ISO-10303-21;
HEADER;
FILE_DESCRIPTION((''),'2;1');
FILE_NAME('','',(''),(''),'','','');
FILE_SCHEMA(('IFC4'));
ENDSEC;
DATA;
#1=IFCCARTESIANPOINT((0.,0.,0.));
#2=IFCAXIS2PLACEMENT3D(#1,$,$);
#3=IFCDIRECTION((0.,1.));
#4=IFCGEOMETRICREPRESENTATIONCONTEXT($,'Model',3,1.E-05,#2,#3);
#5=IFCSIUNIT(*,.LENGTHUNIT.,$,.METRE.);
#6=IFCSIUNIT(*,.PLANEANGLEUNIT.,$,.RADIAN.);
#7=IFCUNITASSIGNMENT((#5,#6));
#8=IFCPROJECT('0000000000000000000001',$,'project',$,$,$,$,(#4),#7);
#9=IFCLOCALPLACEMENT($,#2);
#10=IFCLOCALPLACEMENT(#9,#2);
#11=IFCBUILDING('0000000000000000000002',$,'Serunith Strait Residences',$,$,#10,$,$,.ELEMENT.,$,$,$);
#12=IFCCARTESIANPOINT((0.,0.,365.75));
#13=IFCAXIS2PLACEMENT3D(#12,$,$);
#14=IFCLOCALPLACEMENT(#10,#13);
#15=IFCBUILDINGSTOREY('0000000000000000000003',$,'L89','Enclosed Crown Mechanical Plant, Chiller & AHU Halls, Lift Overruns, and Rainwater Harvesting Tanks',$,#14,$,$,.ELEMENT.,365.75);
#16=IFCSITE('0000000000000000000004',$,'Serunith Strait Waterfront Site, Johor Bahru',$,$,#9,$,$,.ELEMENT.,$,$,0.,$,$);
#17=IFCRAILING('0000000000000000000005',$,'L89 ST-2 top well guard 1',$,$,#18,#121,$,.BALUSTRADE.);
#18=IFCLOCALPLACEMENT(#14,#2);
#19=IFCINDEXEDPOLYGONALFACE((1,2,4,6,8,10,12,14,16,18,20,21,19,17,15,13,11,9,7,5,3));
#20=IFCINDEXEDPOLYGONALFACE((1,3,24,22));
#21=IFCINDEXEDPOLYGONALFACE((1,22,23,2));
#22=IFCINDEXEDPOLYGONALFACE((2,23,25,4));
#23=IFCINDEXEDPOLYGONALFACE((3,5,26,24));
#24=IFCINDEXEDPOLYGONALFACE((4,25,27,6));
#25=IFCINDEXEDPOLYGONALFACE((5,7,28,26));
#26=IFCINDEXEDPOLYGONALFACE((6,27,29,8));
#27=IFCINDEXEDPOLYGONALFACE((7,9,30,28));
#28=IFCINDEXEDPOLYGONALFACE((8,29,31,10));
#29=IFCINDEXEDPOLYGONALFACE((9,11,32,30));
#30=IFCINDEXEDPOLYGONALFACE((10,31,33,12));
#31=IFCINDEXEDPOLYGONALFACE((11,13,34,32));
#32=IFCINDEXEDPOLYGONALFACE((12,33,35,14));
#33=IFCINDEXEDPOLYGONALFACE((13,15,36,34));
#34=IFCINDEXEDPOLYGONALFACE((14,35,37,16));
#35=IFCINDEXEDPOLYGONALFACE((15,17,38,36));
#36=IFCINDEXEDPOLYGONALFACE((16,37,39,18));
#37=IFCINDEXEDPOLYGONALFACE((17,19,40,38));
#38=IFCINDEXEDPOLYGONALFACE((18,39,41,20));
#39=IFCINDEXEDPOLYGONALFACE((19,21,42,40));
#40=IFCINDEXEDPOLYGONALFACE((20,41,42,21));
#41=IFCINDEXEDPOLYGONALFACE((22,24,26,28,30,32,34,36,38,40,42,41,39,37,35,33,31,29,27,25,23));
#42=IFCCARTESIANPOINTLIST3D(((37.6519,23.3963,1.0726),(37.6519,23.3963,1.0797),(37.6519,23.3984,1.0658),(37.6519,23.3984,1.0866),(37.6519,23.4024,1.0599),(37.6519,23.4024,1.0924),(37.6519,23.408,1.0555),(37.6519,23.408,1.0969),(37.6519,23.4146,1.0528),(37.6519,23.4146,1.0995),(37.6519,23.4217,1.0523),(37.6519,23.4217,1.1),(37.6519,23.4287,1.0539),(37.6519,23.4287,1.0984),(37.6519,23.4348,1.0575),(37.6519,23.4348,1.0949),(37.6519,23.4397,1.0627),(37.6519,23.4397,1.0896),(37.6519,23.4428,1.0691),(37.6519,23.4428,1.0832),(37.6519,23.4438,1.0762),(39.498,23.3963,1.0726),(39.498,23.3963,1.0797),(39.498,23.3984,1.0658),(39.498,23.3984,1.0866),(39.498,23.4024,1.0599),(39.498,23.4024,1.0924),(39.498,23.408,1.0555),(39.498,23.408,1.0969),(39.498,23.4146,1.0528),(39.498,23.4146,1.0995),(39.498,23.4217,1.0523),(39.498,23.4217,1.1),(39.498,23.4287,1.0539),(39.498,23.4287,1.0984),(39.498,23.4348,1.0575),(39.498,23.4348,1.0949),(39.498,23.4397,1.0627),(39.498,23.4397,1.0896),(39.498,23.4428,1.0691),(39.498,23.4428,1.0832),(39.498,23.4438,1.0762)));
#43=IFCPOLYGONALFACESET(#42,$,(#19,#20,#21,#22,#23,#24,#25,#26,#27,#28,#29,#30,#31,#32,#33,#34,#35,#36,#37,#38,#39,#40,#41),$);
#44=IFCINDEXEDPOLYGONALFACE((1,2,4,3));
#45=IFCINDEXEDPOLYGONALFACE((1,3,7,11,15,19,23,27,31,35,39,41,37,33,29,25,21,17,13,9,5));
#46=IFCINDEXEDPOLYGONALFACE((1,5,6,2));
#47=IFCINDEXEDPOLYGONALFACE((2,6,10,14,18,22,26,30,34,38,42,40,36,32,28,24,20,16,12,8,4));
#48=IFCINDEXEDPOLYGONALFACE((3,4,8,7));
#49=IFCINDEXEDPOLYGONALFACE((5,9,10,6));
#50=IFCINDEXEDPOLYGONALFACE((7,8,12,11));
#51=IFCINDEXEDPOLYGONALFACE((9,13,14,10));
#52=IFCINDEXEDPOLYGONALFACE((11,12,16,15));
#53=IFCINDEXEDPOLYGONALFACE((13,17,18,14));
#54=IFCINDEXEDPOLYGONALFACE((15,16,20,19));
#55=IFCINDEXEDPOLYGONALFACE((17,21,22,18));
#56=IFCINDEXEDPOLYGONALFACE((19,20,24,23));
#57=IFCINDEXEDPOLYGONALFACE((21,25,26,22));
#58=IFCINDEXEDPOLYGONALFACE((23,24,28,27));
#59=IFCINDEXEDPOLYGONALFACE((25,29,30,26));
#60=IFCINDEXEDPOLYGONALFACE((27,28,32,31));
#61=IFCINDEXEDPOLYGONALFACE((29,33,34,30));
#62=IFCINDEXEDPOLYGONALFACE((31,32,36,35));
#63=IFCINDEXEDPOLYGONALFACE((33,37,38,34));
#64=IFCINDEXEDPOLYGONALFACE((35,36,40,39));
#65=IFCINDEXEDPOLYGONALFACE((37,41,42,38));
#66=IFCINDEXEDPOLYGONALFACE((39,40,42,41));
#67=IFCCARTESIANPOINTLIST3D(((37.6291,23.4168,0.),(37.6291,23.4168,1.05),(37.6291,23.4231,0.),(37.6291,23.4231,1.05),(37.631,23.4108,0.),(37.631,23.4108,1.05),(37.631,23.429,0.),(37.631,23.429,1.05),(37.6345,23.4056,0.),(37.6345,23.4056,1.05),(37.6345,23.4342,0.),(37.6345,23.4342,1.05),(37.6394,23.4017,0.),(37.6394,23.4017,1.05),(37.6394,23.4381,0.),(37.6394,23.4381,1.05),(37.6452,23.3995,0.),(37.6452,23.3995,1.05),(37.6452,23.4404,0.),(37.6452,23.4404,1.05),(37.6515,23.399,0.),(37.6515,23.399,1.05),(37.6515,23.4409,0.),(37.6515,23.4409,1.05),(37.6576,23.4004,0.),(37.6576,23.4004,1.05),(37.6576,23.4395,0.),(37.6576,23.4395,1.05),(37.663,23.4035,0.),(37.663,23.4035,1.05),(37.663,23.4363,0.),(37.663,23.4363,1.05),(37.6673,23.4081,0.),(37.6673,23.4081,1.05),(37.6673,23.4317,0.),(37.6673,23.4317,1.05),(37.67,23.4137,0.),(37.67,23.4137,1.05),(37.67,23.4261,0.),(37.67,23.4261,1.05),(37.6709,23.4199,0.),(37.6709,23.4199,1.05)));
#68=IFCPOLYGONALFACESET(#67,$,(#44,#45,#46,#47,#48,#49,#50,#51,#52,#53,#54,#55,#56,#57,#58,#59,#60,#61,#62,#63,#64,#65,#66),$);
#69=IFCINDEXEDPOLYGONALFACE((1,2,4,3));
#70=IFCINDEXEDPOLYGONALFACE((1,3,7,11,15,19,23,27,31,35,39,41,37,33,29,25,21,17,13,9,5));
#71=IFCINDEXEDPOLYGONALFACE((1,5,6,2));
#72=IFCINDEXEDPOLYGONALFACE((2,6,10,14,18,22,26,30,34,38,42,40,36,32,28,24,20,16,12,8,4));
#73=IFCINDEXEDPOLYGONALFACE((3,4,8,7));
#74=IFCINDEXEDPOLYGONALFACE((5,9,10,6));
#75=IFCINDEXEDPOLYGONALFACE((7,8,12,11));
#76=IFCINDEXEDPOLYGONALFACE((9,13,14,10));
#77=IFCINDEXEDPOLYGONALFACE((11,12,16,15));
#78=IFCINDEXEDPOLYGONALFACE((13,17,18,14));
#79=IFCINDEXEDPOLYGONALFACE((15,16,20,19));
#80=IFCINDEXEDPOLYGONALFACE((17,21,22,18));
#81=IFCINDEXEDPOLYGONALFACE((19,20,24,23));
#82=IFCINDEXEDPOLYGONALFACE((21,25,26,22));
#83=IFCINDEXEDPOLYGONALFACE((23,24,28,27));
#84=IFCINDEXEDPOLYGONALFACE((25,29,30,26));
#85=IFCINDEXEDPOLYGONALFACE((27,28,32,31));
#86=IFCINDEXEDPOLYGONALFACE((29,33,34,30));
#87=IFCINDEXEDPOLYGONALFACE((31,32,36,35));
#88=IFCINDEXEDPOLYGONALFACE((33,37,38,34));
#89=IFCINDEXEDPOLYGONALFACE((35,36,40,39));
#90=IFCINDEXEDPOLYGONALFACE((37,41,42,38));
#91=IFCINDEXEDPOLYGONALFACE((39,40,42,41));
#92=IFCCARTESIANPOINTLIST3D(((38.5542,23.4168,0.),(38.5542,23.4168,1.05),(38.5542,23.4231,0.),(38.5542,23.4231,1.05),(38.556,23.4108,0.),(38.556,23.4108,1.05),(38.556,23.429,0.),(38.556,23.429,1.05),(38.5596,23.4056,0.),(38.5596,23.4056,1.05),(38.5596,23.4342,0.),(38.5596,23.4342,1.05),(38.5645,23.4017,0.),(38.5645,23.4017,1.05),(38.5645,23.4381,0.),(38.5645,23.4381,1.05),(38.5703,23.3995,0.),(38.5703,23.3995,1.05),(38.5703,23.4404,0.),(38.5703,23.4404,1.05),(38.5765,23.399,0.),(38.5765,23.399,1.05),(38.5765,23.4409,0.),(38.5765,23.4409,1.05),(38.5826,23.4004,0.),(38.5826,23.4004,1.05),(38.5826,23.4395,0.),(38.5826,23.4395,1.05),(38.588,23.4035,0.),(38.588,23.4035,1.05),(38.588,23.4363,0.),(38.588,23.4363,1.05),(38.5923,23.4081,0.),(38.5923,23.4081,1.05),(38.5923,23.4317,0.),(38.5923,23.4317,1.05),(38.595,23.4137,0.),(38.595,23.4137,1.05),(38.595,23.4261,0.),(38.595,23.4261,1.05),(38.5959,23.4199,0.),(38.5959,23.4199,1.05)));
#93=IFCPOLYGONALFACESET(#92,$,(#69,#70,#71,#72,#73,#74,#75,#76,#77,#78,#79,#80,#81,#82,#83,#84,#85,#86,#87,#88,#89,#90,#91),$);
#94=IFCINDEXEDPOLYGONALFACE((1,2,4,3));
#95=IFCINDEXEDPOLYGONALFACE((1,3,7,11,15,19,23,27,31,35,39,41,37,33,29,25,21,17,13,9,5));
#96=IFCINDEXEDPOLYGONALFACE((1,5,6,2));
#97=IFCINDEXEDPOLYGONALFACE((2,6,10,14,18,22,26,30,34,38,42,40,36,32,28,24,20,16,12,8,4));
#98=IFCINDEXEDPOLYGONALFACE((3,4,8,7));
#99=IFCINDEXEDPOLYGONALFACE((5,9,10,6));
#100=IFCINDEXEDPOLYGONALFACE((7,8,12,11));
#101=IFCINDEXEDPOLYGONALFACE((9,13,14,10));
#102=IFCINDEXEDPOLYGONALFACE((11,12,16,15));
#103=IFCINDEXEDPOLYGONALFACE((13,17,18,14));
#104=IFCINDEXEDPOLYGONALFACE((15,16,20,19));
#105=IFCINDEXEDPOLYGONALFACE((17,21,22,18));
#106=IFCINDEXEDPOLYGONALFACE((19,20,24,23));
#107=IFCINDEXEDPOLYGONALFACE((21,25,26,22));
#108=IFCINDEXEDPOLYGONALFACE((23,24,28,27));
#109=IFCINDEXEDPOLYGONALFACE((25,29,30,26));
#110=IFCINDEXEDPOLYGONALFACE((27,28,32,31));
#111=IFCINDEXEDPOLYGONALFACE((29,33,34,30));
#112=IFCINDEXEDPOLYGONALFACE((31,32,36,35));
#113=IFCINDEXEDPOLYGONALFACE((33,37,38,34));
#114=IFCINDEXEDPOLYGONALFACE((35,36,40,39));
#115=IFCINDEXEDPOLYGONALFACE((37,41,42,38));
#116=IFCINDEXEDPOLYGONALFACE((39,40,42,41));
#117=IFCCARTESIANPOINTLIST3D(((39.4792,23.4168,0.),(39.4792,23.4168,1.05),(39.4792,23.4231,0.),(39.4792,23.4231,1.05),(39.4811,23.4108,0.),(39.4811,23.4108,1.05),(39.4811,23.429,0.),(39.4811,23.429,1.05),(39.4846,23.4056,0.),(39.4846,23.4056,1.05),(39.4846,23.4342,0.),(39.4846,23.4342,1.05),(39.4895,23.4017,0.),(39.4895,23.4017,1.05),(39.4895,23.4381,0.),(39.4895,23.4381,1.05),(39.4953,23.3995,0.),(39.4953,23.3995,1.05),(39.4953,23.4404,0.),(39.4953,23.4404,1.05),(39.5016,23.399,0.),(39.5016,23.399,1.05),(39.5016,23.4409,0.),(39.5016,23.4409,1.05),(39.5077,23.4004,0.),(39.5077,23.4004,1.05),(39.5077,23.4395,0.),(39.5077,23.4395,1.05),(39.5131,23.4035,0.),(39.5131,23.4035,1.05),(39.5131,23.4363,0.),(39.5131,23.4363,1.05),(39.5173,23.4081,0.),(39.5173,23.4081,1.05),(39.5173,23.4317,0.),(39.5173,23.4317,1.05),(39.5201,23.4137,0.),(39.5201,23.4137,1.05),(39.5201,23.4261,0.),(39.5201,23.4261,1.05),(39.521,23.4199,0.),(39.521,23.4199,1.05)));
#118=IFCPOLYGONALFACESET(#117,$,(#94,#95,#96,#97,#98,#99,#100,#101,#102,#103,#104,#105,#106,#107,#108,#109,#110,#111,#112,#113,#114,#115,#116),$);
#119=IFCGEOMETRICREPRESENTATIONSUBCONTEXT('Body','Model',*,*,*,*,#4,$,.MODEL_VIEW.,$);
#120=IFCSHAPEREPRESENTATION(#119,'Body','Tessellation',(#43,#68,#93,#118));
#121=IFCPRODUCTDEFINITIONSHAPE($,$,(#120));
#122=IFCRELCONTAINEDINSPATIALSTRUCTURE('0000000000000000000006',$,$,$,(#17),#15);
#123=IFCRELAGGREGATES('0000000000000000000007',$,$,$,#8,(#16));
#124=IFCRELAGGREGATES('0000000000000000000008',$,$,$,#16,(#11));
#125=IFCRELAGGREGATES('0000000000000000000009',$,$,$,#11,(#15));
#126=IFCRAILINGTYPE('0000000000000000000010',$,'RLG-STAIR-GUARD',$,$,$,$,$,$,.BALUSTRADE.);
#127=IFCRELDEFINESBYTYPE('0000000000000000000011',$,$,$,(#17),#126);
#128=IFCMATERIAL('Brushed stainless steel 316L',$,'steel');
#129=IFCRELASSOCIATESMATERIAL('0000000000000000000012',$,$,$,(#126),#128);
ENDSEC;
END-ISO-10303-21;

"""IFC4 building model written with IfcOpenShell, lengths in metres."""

from ifc_helpers import new_model, si_unit, direction, frame, origin, origin_2d, place, context, subcontext, project, spatial, circle, extrude, material, type_object, element, save


model = new_model("IFC4")

# Units and contexts
model_context = context("Model", 3, precision=1e-05, world=origin(), true_north=direction((0.0, 1.0)))
body_context = subcontext(model_context, "Body", "Model", "MODEL_VIEW")
ifc_project = project(units=[si_unit("LENGTHUNIT", "METRE"), si_unit("PLANEANGLEUNIT", "RADIAN")], contexts=[model_context])

# Site, building, storey
site_placement = place(None, origin())
site = spatial("IfcSite", under=ifc_project, at=site_placement, Name="Serunith Strait Waterfront Site, Johor Bahru", CompositionType="ELEMENT", RefElevation=0.0)
building_placement = place(site_placement, origin())
building = spatial("IfcBuilding", under=site, at=building_placement, Name="Serunith Strait Residences", CompositionType="ELEMENT")
storey_placement = place(building_placement, frame((0.0, 0.0, 365.75)))
storey = spatial("IfcBuildingStorey", under=building, at=storey_placement, Name="L89", Description="Enclosed Crown Mechanical Plant, Chiller & AHU Halls, Lift Overruns, and Rainwater Harvesting Tanks", CompositionType="ELEMENT", Elevation=365.75)

# Railing
ifc_material_1 = material(Name="Brushed stainless steel 316L", Category="steel")
railing_type = type_object("IfcRailingType", Name="RLG-STAIR-GUARD", PredefinedType="BALUSTRADE", material=ifc_material_1)
railing_1_placement = place(storey_placement, frame((37.6499, 23.4199, 0.0)))
element("IfcRailing", 1, at=railing_1_placement, inside=storey, type_object=railing_type, Name="L89 ST-2 top well guard 1", PredefinedType="BALUSTRADE", context=body_context, shape_type="SweptSolid", body=[
    extrude(circle(Radius=0.0239, at=origin_2d()), frame((0.002, 0.0, 1.0762), z_axis=(1.0, 0.0, 0.0), x_axis=(0.0, 1.0, 0.0)), (0.0, 0.0, 1.0), 1.8462),
    extrude(circle(Radius=0.021, at=origin_2d()), origin(), (0.0, 0.0, 1.0), 1.05),
    extrude(circle(Radius=0.021, at=origin_2d()), frame((0.925, 0.0, 0.0)), (0.0, 0.0, 1.0), 1.05),
    extrude(circle(Radius=0.021, at=origin_2d()), frame((1.8501, 0.0, 0.0)), (0.0, 0.0, 1.0), 1.05),
])

save(model, "model.ifc")
